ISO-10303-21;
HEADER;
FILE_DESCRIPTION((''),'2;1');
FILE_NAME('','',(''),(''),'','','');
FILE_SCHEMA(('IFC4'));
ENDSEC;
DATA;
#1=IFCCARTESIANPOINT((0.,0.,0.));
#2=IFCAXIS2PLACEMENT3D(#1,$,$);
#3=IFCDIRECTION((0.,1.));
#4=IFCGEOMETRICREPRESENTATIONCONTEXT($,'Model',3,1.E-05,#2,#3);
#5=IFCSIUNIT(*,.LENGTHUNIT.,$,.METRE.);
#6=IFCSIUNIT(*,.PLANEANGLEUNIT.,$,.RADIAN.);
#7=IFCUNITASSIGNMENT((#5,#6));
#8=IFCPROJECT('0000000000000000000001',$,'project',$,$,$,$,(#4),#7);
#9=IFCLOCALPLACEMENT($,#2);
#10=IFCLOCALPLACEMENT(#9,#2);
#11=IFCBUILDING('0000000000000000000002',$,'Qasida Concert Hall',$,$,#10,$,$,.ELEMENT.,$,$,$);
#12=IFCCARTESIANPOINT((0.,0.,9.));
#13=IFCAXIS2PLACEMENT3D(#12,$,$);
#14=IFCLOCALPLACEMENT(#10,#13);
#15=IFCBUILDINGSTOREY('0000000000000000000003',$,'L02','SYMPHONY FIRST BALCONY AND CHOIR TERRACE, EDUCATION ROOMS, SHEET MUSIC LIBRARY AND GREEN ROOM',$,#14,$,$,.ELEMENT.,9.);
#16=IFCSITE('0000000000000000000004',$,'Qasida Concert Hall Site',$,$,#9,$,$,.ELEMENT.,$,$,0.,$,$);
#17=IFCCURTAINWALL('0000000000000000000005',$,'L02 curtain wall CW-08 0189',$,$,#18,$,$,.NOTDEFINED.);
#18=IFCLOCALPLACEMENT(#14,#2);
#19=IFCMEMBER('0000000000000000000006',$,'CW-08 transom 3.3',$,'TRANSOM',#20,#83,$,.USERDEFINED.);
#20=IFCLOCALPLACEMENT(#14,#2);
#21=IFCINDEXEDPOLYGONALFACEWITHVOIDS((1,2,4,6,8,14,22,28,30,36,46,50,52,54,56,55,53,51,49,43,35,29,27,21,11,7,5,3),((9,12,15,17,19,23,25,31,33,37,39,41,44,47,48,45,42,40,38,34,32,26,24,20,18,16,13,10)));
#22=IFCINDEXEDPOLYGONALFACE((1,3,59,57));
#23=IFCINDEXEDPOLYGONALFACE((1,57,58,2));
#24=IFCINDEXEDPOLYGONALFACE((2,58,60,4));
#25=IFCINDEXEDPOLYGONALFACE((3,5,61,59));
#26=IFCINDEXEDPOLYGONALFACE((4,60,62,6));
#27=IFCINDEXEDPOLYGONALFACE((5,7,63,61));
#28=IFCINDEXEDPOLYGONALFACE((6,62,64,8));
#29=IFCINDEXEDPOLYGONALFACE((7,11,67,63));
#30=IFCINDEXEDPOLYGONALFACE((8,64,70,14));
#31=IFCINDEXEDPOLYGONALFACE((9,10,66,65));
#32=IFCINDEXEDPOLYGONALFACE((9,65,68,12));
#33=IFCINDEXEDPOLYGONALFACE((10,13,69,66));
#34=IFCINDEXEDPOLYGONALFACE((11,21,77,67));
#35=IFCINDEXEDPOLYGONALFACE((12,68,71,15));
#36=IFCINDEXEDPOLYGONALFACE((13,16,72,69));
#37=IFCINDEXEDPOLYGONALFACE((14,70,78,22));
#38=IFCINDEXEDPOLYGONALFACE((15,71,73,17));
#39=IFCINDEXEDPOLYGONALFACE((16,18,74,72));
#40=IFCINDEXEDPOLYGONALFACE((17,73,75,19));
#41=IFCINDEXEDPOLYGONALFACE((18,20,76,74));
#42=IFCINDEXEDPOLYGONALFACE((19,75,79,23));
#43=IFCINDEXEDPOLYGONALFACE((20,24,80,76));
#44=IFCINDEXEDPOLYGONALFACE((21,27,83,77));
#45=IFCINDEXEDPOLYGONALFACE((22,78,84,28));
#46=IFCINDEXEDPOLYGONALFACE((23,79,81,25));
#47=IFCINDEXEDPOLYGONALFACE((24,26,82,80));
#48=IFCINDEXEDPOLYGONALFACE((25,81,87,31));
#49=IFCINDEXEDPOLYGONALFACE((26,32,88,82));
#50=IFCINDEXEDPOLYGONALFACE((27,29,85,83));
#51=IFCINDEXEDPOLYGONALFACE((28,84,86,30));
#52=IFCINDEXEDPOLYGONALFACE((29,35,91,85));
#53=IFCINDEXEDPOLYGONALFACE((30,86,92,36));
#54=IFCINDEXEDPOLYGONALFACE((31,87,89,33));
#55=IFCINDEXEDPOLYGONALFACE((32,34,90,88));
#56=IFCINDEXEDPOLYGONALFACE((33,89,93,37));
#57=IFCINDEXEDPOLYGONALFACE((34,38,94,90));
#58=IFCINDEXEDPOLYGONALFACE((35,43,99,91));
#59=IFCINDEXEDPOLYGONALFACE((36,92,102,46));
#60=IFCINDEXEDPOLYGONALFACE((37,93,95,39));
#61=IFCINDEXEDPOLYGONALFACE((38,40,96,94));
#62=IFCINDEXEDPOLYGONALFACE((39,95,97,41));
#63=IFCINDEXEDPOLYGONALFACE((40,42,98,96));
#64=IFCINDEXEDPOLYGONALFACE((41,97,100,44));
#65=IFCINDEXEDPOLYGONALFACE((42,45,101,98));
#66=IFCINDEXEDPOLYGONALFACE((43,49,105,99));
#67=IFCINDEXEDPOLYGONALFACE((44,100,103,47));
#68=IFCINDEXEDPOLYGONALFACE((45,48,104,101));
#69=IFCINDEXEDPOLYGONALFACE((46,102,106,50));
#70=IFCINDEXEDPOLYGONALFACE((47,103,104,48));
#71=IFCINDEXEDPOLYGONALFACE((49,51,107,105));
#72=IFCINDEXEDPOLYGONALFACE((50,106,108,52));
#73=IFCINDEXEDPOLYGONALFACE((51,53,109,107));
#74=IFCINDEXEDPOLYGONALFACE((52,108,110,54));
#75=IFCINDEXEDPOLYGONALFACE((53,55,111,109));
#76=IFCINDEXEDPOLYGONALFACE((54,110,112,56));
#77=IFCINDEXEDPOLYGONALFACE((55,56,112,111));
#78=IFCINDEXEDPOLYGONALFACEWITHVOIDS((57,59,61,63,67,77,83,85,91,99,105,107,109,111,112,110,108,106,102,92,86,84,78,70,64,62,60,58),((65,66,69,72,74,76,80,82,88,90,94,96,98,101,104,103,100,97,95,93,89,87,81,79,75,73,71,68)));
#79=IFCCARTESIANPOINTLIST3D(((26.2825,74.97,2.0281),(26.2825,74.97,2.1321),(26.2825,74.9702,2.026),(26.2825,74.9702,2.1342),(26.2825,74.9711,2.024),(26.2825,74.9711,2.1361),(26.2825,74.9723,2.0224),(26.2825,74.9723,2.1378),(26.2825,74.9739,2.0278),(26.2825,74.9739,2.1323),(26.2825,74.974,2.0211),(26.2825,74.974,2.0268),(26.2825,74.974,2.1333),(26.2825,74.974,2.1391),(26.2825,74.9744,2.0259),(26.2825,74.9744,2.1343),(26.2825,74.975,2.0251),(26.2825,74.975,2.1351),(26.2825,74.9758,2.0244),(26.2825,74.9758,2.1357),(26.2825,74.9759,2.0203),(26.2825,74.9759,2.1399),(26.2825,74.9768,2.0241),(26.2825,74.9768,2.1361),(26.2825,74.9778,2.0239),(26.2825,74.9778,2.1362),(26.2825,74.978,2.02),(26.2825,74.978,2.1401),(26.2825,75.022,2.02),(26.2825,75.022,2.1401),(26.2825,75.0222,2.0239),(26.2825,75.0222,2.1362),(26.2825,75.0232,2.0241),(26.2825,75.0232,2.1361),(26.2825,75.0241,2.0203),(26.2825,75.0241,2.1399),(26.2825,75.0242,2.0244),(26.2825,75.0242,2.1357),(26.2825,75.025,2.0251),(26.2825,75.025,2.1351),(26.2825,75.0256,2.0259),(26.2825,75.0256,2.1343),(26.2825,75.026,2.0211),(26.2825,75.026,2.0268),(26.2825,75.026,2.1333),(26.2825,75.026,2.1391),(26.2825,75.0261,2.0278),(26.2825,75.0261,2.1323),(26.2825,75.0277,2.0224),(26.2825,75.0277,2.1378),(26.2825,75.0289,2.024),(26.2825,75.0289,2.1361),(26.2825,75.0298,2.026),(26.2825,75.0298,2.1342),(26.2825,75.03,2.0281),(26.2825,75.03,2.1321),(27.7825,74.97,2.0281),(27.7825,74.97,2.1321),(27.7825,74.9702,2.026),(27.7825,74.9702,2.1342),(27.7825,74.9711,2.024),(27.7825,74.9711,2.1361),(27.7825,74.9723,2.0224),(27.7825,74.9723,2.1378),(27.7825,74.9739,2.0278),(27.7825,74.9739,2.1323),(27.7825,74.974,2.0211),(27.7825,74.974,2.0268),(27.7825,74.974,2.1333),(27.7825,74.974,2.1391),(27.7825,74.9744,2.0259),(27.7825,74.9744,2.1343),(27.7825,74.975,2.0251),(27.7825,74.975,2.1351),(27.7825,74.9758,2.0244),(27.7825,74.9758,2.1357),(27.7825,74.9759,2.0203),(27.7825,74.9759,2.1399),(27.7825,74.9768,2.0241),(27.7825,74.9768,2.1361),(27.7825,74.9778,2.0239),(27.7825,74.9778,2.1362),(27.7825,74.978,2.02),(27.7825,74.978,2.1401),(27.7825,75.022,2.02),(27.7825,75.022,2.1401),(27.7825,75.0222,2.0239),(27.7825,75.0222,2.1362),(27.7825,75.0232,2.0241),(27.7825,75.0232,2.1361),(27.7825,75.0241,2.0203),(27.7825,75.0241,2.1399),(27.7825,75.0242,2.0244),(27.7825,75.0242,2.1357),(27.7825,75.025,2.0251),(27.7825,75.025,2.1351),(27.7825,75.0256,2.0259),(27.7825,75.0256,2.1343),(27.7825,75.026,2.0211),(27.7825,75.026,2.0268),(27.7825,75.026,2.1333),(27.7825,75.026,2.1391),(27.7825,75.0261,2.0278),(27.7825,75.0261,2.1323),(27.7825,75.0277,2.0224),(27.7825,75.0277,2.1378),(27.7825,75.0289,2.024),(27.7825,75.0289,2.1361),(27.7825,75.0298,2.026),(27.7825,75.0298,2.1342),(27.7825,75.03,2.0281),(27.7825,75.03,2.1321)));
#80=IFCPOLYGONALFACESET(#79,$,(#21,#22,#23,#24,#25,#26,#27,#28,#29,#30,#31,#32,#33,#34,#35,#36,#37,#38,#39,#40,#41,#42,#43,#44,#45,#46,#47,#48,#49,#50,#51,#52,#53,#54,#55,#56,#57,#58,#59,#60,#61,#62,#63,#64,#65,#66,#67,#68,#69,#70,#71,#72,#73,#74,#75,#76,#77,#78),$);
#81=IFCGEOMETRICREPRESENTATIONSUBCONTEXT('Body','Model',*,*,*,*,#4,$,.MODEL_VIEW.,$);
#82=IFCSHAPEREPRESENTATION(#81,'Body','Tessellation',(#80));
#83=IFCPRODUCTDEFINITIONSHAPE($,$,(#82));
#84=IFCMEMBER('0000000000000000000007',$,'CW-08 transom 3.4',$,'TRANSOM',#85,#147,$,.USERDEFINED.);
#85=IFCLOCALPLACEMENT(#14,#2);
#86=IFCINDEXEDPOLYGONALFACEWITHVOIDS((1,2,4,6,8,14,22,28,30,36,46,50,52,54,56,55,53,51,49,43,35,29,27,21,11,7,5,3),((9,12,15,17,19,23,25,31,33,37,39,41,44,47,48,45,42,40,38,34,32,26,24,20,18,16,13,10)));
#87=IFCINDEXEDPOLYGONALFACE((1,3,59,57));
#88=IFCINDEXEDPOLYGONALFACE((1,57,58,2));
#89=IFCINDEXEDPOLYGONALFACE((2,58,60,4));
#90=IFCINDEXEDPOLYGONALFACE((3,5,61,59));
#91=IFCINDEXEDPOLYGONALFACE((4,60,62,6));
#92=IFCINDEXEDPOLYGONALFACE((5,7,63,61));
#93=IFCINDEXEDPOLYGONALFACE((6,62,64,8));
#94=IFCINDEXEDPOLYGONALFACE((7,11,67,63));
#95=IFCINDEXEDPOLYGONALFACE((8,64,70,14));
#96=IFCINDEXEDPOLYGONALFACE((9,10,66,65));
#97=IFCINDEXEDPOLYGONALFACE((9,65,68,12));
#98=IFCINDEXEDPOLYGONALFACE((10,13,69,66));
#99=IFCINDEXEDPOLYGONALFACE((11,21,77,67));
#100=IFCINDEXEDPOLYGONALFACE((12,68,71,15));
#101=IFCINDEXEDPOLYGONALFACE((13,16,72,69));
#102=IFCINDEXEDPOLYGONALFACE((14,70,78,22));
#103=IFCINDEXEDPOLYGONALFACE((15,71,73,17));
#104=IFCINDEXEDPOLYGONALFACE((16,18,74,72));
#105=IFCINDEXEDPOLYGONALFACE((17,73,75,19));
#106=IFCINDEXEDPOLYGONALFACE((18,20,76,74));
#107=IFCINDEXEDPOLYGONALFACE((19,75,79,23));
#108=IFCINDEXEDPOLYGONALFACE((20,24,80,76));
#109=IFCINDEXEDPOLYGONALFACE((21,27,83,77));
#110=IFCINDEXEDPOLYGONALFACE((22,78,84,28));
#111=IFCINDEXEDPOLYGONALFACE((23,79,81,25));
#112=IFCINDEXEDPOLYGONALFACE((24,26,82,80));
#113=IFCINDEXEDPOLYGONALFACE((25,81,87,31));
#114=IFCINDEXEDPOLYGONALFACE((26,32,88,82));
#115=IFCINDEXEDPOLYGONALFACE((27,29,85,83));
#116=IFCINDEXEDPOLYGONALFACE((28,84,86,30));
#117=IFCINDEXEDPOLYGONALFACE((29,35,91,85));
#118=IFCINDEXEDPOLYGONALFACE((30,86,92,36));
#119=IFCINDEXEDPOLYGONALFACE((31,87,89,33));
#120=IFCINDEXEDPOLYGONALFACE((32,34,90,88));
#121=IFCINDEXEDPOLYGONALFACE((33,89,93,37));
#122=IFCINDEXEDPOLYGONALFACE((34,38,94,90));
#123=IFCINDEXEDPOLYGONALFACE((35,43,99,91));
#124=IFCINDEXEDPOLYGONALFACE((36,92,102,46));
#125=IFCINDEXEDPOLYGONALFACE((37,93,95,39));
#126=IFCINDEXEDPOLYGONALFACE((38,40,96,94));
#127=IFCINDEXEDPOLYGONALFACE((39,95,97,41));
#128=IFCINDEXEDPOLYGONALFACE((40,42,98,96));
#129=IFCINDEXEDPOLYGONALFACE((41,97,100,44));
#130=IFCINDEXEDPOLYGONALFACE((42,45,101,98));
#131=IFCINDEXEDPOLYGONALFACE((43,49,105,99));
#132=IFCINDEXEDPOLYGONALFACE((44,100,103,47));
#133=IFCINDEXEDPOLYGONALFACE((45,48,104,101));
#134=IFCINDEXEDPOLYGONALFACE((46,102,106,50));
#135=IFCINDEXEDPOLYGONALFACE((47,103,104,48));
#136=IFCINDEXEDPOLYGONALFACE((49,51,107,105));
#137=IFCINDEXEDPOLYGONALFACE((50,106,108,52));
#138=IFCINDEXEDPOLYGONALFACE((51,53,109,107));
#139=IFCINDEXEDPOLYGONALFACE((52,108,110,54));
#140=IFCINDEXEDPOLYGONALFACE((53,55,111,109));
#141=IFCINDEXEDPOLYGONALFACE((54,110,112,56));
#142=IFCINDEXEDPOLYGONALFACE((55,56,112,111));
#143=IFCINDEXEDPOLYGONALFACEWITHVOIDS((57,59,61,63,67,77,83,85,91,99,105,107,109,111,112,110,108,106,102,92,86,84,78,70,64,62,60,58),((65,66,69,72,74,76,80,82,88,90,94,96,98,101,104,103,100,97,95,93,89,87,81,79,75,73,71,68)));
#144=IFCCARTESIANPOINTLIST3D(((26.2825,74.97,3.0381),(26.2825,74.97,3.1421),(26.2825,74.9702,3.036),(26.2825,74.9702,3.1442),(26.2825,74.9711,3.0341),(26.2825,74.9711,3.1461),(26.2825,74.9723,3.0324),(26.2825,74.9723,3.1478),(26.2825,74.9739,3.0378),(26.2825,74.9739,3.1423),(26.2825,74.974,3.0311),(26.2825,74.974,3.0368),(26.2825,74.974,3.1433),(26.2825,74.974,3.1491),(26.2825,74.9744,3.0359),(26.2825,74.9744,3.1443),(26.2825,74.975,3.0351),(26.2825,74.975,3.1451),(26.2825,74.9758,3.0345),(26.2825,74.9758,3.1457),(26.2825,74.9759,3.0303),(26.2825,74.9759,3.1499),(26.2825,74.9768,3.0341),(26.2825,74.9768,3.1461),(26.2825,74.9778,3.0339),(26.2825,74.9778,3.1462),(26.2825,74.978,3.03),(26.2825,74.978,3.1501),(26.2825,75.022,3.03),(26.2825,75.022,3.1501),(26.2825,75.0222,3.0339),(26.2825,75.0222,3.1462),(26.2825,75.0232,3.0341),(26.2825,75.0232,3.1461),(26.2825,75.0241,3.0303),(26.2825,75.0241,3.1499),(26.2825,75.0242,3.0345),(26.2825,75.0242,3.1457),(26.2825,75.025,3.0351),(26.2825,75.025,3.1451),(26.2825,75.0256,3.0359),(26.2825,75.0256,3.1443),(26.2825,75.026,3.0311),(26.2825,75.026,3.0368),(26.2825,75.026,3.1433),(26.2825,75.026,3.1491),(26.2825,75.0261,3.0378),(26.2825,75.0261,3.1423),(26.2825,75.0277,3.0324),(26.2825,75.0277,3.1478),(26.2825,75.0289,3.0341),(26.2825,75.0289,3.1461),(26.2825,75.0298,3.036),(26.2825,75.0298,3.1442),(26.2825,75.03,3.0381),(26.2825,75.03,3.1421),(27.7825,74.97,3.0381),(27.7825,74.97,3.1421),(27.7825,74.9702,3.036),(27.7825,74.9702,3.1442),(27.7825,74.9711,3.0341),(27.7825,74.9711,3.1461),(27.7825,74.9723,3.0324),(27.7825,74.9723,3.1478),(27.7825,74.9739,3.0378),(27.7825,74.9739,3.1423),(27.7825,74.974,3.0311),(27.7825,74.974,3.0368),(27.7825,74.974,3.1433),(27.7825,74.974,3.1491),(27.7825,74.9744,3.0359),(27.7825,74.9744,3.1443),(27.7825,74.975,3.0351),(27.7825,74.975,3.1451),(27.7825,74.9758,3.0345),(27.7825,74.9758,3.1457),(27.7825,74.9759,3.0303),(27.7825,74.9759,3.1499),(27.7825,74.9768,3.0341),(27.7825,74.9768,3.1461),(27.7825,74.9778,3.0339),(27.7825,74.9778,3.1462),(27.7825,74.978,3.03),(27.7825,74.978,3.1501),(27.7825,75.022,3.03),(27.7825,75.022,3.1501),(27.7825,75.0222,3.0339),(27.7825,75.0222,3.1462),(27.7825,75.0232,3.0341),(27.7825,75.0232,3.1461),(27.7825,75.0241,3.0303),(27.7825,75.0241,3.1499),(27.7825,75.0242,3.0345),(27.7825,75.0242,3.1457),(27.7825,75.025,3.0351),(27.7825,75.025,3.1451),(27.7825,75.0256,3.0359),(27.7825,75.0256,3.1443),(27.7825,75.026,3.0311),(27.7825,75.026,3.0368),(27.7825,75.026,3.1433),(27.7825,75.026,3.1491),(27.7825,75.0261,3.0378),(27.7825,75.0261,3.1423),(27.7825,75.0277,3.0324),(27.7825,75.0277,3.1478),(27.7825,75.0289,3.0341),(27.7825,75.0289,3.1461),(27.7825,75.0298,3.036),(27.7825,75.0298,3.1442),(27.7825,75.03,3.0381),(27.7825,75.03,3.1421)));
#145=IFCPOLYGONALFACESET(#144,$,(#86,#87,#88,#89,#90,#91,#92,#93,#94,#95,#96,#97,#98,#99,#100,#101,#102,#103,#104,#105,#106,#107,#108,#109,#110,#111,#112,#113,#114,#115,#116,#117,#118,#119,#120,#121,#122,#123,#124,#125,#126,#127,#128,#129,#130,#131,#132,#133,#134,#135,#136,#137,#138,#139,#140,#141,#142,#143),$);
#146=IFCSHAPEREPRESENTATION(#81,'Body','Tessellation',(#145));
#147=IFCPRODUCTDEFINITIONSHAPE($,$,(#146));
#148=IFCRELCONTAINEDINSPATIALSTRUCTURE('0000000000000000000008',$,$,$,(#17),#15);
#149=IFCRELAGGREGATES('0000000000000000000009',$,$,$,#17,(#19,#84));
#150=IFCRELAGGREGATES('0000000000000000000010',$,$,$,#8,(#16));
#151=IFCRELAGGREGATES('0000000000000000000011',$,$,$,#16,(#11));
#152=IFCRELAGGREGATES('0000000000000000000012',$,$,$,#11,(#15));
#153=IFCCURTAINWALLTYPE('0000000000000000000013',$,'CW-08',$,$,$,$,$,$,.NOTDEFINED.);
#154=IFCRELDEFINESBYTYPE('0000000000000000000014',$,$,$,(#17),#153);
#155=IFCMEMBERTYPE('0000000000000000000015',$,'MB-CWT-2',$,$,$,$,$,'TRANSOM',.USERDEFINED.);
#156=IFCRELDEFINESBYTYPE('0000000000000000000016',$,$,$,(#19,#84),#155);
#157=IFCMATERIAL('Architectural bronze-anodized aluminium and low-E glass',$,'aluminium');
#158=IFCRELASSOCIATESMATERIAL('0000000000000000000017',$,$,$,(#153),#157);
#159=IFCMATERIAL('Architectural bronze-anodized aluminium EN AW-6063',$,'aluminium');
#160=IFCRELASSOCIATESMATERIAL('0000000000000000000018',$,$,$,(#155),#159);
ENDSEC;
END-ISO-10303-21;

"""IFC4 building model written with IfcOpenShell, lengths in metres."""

from ifc_helpers import new_model, si_unit, direction, frame, origin, origin_2d, place, context, subcontext, project, spatial, hollow_rectangle, extrude, material, material_profile, profile_set, type_object, element, aggregate, save


model = new_model("IFC4")

# Units and contexts
model_context = context("Model", 3, precision=1e-05, world=origin(), true_north=direction((0.0, 1.0)))
body_context = subcontext(model_context, "Body", "Model", "MODEL_VIEW")
ifc_project = project(units=[si_unit("LENGTHUNIT", "METRE"), si_unit("PLANEANGLEUNIT", "RADIAN")], contexts=[model_context])

# Site, building, storey
site_placement = place(None, origin())
site = spatial("IfcSite", under=ifc_project, at=site_placement, Name="Qasida Concert Hall Site", CompositionType="ELEMENT", RefElevation=0.0)
building_placement = place(site_placement, origin())
building = spatial("IfcBuilding", under=site, at=building_placement, Name="Qasida Concert Hall", CompositionType="ELEMENT")
storey_placement = place(building_placement, frame((0.0, 0.0, 9.0)))
storey = spatial("IfcBuildingStorey", under=building, at=storey_placement, Name="L02", Description="SYMPHONY FIRST BALCONY AND CHOIR TERRACE, EDUCATION ROOMS, SHEET MUSIC LIBRARY AND GREEN ROOM", CompositionType="ELEMENT", Elevation=9.0)

# Curtain wall, members
ifc_material_1 = material(Name="Architectural bronze-anodized aluminium and low-E glass", Category="aluminium")
curtain_wall_type = type_object("IfcCurtainWallType", Name="CW-08", PredefinedType="NOTDEFINED", material=ifc_material_1)
curtain_wall_placement = place(storey_placement, origin())
curtain_wall = element("IfcCurtainWall", 1, at=curtain_wall_placement, inside=storey, type_object=curtain_wall_type, Name="L02 curtain wall CW-08 0189", PredefinedType="NOTDEFINED")
ifc_material_2 = material(Name="Architectural bronze-anodized aluminium EN AW-6063", Category="aluminium")
ifc_material_profile_1 = material_profile(ifc_material_2, hollow_rectangle(XDim=0.0601, YDim=0.1201, WallThickness=0.0039, InnerFilletRadius=0.0039, OuterFilletRadius=0.0081, at=origin_2d()), Name="CWT 120x60x4")
ifc_profile_set_1 = profile_set([ifc_material_profile_1], Name="Architectural bronze-anodized aluminium EN AW-6063")
member_type_1 = type_object("IfcMemberType", Name="MB-CWT-2", ElementType="TRANSOM", PredefinedType="USERDEFINED", material=ifc_profile_set_1)
member_1_placement = place(storey_placement, frame((26.2825, 75.0, 2.0801), z_axis=(1.0, 0.0, 0.0), x_axis=(0.0, 1.0, 0.0)))
member_1 = element("IfcMember", 2, at=member_1_placement, type_object=member_type_1, Name="CW-08 transom 3.3", ObjectType="TRANSOM", PredefinedType="USERDEFINED", context=body_context, shape_type="SweptSolid", body=[
    extrude(hollow_rectangle(XDim=0.0601, YDim=0.1201, WallThickness=0.0039, InnerFilletRadius=0.0039, OuterFilletRadius=0.0081, at=origin_2d()), origin(), (0.0, 0.0, 1.0), 1.5),
])
member_2_placement = place(storey_placement, frame((26.2825, 75.0, 3.0901), z_axis=(1.0, 0.0, 0.0), x_axis=(0.0, 1.0, 0.0)))
member_2 = element("IfcMember", 3, at=member_2_placement, type_object=member_type_1, Name="CW-08 transom 3.4", ObjectType="TRANSOM", PredefinedType="USERDEFINED", context=body_context, shape_type="SweptSolid", body=[
    extrude(hollow_rectangle(XDim=0.0601, YDim=0.1201, WallThickness=0.0039, InnerFilletRadius=0.0039, OuterFilletRadius=0.0081, at=origin_2d()), origin(), (0.0, 0.0, 1.0), 1.5),
])
aggregate(curtain_wall, [member_1, member_2])

save(model, "model.ifc")
